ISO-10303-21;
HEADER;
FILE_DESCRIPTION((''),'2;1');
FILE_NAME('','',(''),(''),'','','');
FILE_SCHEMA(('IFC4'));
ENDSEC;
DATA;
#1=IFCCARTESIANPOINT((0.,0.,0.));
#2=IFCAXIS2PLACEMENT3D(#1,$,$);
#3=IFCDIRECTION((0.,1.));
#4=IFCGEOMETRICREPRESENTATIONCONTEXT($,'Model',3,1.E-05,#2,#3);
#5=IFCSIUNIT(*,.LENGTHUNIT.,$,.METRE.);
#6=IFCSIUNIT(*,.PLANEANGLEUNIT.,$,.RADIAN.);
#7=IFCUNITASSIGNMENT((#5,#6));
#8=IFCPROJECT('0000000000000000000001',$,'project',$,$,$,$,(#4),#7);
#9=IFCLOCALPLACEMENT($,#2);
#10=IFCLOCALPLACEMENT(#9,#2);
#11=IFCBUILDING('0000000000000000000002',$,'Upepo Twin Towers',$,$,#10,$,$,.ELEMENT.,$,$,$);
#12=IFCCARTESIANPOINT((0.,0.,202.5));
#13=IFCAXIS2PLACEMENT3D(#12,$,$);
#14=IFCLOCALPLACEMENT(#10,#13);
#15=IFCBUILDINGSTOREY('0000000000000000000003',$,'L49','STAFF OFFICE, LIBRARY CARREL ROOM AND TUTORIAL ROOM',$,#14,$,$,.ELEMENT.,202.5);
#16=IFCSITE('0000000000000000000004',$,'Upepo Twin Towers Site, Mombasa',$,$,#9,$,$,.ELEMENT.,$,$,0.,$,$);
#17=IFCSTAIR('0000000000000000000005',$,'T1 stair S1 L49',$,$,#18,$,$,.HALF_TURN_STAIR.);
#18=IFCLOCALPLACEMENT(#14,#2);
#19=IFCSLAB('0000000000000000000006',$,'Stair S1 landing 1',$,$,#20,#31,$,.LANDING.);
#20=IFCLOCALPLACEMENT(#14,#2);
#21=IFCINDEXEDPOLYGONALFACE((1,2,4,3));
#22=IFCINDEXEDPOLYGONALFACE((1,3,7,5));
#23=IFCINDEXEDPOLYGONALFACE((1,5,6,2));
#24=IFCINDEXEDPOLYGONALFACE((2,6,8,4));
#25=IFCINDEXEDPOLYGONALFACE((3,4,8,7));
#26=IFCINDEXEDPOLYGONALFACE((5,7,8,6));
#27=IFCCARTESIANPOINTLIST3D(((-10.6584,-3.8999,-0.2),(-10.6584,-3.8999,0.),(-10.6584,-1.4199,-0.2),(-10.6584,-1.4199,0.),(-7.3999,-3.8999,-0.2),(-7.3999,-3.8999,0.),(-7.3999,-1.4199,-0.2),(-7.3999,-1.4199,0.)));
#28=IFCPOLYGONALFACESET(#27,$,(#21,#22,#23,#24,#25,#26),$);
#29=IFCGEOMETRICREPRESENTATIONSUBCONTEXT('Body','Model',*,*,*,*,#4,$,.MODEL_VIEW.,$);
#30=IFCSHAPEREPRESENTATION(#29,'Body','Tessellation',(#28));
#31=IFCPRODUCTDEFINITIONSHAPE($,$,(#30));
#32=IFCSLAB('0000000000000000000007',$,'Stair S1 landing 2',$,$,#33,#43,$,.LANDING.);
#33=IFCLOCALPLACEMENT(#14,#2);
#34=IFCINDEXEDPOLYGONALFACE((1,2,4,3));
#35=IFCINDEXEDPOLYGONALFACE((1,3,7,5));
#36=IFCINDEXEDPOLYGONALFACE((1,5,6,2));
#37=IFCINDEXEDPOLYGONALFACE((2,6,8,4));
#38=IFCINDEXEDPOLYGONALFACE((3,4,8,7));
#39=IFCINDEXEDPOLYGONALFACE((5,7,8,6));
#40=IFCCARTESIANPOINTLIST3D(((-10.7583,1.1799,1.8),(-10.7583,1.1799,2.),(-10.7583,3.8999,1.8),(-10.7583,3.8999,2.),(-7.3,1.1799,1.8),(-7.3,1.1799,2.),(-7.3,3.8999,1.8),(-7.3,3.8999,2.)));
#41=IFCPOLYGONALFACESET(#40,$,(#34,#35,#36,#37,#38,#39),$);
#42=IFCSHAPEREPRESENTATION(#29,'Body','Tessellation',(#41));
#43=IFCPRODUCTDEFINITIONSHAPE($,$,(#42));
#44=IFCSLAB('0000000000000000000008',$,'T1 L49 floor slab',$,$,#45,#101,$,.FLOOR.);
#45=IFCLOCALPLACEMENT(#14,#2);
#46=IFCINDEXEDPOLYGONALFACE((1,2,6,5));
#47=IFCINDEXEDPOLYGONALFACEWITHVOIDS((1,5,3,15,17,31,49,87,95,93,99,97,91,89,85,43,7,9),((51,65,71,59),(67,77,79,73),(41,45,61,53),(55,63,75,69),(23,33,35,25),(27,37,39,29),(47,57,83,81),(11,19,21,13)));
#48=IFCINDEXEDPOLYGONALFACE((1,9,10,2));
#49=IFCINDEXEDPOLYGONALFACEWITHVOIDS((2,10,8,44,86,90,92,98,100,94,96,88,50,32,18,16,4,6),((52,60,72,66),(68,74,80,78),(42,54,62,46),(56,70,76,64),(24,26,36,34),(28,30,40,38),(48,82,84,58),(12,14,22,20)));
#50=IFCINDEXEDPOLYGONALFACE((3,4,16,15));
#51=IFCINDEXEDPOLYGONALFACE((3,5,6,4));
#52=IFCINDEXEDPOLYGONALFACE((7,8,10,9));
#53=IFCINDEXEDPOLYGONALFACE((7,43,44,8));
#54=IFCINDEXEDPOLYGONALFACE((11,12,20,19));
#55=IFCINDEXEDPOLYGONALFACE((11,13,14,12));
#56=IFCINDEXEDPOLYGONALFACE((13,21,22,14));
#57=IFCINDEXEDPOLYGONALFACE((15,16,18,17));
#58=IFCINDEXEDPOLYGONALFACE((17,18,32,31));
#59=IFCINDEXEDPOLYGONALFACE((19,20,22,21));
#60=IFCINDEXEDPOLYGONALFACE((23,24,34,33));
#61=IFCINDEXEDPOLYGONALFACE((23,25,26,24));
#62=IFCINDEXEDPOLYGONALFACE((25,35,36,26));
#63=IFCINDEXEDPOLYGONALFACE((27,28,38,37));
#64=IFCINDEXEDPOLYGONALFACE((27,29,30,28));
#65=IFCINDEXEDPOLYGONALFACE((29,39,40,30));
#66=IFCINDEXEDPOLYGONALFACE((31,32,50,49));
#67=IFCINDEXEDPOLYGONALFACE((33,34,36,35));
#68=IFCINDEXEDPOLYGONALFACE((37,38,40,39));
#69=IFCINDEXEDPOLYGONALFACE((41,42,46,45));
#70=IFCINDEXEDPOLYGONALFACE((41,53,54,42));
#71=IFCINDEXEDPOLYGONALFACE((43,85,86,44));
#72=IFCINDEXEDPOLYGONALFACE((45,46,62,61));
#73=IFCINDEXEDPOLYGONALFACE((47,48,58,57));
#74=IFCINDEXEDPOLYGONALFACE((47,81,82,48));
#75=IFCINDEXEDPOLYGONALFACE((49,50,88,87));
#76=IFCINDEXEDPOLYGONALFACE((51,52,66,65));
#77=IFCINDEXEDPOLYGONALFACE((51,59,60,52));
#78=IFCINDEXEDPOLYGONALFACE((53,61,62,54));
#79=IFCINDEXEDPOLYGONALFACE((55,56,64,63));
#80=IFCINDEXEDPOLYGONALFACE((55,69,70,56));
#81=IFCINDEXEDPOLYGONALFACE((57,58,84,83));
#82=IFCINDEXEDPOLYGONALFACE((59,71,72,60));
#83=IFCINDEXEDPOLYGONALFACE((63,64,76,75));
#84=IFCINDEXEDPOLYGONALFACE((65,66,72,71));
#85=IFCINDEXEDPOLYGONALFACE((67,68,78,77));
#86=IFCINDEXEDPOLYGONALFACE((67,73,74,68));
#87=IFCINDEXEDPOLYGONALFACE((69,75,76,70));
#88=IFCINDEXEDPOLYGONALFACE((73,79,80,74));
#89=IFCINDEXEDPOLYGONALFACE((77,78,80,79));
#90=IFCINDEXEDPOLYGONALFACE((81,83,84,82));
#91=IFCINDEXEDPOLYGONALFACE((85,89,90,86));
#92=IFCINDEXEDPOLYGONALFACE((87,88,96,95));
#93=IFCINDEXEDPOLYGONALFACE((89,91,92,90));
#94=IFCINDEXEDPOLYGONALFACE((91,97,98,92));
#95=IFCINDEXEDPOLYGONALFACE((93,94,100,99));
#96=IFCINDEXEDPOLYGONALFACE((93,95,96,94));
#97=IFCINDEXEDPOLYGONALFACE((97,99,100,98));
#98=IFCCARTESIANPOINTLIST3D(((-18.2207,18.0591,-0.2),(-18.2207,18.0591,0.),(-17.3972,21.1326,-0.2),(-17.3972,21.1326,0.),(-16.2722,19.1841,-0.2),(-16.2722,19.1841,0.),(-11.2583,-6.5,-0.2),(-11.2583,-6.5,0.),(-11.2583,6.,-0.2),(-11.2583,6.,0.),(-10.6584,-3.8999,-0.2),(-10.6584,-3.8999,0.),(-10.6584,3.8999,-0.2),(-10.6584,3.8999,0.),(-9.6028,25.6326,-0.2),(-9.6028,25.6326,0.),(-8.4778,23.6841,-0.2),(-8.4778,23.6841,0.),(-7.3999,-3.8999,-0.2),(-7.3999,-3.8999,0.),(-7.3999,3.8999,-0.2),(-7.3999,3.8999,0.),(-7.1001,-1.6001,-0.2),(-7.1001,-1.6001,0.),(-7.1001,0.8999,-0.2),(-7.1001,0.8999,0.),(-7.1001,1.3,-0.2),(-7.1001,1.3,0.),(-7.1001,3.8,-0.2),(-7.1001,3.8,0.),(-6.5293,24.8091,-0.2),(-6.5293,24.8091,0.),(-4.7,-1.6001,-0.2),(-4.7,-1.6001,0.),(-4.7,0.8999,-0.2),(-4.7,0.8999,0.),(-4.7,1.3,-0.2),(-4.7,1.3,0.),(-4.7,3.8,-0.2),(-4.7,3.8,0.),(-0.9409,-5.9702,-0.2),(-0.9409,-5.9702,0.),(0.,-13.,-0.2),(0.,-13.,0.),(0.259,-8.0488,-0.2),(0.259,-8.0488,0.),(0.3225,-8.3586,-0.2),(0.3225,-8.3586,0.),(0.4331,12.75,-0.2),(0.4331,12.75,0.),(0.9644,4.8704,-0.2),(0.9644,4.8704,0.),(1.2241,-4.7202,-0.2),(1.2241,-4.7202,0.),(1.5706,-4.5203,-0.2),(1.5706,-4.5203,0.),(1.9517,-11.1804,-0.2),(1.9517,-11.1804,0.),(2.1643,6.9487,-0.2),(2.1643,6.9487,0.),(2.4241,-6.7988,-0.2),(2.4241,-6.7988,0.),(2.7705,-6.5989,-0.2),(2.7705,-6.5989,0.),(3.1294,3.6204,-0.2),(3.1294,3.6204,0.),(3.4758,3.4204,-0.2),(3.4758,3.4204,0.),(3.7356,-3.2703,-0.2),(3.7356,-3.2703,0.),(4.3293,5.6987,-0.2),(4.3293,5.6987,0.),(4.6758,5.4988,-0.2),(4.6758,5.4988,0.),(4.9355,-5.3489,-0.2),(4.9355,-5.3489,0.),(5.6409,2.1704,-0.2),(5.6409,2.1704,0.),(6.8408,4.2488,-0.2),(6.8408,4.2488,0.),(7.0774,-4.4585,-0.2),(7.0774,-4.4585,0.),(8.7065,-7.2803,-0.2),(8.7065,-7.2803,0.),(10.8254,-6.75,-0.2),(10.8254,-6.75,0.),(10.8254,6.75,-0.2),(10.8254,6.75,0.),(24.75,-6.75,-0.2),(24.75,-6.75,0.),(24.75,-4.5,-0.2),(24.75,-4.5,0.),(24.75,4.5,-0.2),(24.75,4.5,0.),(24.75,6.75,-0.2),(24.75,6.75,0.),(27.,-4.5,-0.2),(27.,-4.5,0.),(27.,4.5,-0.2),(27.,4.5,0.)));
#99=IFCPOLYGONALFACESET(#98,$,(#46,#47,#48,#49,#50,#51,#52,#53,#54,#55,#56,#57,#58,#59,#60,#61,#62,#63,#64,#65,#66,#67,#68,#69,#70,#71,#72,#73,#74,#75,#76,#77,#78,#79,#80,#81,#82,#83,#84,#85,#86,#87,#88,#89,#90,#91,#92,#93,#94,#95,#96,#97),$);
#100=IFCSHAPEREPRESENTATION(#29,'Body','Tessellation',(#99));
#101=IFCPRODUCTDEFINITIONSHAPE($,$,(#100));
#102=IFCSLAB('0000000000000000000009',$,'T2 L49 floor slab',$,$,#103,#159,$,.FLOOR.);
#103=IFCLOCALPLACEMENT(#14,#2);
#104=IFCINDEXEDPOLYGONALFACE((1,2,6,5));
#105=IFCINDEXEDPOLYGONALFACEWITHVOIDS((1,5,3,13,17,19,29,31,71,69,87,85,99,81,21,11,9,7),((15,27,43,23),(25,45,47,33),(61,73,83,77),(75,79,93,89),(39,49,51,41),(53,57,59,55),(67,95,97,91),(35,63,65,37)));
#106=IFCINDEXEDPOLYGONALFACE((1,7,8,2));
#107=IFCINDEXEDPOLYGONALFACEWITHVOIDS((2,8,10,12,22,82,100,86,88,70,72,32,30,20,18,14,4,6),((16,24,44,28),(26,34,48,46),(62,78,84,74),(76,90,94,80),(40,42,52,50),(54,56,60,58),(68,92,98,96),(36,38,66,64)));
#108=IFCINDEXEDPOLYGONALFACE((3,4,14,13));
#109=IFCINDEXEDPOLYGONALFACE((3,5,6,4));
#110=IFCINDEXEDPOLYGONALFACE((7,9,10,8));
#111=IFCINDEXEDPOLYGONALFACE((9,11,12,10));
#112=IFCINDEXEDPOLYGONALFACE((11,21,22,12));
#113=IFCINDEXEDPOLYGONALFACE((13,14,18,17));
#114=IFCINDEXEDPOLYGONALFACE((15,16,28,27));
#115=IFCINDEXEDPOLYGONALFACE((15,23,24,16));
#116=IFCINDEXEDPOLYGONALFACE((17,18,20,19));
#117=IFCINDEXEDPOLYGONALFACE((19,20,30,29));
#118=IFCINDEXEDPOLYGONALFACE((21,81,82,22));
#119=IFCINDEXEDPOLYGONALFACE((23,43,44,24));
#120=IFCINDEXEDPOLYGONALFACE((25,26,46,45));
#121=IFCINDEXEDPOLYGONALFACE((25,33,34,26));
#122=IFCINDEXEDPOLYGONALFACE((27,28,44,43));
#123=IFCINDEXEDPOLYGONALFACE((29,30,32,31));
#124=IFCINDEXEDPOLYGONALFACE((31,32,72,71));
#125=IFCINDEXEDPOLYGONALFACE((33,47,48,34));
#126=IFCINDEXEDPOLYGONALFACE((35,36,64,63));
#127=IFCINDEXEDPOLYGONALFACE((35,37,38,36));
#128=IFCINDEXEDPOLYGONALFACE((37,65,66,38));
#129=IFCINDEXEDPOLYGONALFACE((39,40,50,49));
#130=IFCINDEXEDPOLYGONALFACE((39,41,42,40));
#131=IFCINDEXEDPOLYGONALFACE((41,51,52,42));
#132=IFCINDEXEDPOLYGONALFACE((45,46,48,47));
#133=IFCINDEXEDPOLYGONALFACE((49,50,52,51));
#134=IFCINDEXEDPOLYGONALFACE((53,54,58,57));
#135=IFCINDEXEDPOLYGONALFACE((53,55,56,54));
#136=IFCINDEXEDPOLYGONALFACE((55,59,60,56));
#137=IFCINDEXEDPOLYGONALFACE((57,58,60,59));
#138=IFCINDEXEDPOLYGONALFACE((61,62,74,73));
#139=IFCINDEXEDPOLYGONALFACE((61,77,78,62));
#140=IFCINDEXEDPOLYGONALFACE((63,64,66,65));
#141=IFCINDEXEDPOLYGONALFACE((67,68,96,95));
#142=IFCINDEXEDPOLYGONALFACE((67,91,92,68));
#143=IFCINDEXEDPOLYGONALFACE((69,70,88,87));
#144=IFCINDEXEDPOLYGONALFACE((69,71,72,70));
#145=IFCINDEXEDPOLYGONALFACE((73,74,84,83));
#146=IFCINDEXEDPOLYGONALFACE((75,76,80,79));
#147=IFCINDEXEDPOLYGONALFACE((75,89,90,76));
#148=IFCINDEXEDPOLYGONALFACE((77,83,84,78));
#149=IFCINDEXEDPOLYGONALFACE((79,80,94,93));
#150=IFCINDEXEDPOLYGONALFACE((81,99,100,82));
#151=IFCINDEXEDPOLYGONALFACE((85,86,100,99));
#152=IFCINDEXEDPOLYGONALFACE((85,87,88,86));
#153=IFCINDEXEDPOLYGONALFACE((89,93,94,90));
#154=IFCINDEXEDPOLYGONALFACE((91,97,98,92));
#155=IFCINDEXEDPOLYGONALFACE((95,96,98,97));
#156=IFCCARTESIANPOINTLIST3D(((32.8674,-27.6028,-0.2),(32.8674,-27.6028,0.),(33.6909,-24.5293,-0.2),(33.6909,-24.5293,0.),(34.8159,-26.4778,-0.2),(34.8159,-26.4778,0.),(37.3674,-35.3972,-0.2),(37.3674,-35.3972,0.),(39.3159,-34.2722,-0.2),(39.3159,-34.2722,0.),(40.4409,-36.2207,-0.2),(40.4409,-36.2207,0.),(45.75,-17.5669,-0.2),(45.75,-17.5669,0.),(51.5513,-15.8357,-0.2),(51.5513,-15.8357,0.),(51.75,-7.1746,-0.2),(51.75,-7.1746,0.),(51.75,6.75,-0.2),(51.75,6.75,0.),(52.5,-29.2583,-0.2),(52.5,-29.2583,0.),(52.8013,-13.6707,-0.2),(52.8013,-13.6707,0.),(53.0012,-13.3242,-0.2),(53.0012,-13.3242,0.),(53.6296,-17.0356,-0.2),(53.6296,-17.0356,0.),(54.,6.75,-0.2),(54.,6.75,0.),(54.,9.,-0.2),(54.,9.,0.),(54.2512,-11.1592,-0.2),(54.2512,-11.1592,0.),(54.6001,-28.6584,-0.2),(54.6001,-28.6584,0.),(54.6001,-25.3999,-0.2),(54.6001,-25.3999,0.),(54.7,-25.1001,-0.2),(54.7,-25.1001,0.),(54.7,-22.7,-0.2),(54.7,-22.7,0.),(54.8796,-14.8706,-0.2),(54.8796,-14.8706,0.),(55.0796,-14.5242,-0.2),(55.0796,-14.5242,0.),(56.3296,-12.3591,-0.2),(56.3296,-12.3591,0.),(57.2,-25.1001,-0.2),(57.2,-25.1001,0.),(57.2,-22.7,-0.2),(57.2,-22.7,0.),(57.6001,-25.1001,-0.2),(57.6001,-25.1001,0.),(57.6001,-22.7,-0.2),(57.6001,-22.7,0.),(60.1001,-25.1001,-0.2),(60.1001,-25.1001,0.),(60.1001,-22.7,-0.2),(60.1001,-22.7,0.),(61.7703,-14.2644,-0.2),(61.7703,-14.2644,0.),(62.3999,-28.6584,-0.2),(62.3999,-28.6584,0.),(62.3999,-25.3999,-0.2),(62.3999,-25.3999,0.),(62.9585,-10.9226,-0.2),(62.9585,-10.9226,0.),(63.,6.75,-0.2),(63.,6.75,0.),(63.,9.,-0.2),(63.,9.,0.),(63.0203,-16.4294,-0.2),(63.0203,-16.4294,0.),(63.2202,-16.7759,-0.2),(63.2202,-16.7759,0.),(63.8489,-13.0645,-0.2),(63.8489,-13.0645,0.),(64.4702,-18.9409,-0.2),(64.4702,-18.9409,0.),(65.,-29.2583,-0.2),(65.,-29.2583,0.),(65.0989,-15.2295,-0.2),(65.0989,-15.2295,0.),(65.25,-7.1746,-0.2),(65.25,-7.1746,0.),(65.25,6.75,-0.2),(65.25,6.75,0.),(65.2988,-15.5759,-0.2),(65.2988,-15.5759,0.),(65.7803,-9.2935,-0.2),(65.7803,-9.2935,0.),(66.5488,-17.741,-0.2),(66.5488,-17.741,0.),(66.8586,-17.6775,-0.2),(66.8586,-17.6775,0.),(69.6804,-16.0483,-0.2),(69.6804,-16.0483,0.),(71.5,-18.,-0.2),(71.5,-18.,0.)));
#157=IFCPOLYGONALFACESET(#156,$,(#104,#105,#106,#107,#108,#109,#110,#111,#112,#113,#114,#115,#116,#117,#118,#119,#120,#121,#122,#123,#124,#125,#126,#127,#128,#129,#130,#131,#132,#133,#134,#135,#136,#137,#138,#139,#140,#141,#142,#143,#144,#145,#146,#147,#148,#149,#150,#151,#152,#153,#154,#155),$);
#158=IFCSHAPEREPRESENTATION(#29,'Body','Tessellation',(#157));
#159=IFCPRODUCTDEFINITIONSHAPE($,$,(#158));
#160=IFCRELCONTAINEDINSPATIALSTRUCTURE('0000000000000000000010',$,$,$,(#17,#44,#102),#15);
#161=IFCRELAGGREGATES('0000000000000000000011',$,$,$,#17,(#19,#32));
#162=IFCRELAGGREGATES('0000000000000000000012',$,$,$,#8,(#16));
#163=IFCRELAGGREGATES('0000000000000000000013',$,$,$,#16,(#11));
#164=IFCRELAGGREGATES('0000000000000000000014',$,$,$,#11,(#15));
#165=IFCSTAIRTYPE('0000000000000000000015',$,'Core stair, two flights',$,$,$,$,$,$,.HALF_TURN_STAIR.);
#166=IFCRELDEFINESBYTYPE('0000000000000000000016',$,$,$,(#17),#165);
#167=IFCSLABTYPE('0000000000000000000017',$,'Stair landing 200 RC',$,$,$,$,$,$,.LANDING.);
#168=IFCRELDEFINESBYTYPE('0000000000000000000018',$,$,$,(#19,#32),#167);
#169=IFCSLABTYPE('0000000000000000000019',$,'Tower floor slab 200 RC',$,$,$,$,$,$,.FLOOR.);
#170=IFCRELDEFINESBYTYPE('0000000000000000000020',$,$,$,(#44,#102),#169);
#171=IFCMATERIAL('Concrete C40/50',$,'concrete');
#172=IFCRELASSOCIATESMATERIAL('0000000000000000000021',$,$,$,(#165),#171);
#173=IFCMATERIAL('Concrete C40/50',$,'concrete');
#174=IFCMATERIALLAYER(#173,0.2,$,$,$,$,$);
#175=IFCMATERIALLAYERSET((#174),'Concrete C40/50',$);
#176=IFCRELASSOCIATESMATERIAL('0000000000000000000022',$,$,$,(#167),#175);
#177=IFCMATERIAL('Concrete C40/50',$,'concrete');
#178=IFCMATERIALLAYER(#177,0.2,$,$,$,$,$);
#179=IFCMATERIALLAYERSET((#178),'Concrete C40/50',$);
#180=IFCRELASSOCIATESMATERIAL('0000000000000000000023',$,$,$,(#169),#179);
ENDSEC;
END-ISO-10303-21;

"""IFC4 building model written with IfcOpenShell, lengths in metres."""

from ifc_helpers import new_model, si_unit, direction, frame, origin, place, context, subcontext, project, spatial, polyline, outline, extrude, material, layer, layer_set, type_object, element, aggregate, save


model = new_model("IFC4")

# Units and contexts
model_context = context("Model", 3, precision=1e-05, world=origin(), true_north=direction((0.0, 1.0)))
body_context = subcontext(model_context, "Body", "Model", "MODEL_VIEW")
ifc_project = project(units=[si_unit("LENGTHUNIT", "METRE"), si_unit("PLANEANGLEUNIT", "RADIAN")], contexts=[model_context])

# Site, building, storey
site_placement = place(None, origin())
site = spatial("IfcSite", under=ifc_project, at=site_placement, Name="Upepo Twin Towers Site, Mombasa", CompositionType="ELEMENT", RefElevation=0.0)
building_placement = place(site_placement, origin())
building = spatial("IfcBuilding", under=site, at=building_placement, Name="Upepo Twin Towers", CompositionType="ELEMENT")
storey_placement = place(building_placement, frame((0.0, 0.0, 202.5)))
storey = spatial("IfcBuildingStorey", under=building, at=storey_placement, Name="L49", Description="STAFF OFFICE, LIBRARY CARREL ROOM AND TUTORIAL ROOM", CompositionType="ELEMENT", Elevation=202.5)

# Stair, slabs
ifc_material_1 = material(Name="Concrete C40/50", Category="concrete")
stair_type = type_object("IfcStairType", Name="Core stair, two flights", PredefinedType="HALF_TURN_STAIR", material=ifc_material_1)
stair_placement = place(storey_placement, origin())
stair = element("IfcStair", 1, at=stair_placement, inside=storey, type_object=stair_type, Name="T1 stair S1 L49", PredefinedType="HALF_TURN_STAIR")
ifc_material_2 = material(Name="Concrete C40/50", Category="concrete")
ifc_layer_1 = layer(ifc_material_2, 0.2)
ifc_layer_set_1 = layer_set([ifc_layer_1], Name="Concrete C40/50")
slab_type_1 = type_object("IfcSlabType", Name="Stair landing 200 RC", PredefinedType="LANDING", material=ifc_layer_set_1)
slab_1_placement = place(storey_placement, frame((0.0, 0.0, -0.2)))
slab_1 = element("IfcSlab", 2, at=slab_1_placement, type_object=slab_type_1, Name="Stair S1 landing 1", PredefinedType="LANDING", context=body_context, shape_type="SweptSolid", body=[
    extrude(outline(polyline([(-7.3999, -1.4199), (-10.6584, -1.4199), (-10.6584, -3.8999), (-7.3999, -3.8999), (-7.3999, -1.4199)])), origin(), (0.0, 0.0, 1.0), 0.2),
])
slab_2_placement = place(storey_placement, frame((0.0, 0.0, 1.8)))
slab_2 = element("IfcSlab", 3, at=slab_2_placement, type_object=slab_type_1, Name="Stair S1 landing 2", PredefinedType="LANDING", context=body_context, shape_type="SweptSolid", body=[
    extrude(outline(polyline([(-7.3, 3.8999), (-10.7583, 3.8999), (-10.7583, 1.1799), (-7.3, 1.1799), (-7.3, 3.8999)])), origin(), (0.0, 0.0, 1.0), 0.2),
])

# Slabs
ifc_material_3 = material(Name="Concrete C40/50", Category="concrete")
ifc_layer_2 = layer(ifc_material_3, 0.2)
ifc_layer_set_2 = layer_set([ifc_layer_2], Name="Concrete C40/50")
slab_type_2 = type_object("IfcSlabType", Name="Tower floor slab 200 RC", PredefinedType="FLOOR", material=ifc_layer_set_2)
slab_3_placement = place(storey_placement, frame((0.0, 0.0, -0.2)))
element("IfcSlab", 4, at=slab_3_placement, inside=storey, type_object=slab_type_2, Name="T1 L49 floor slab", PredefinedType="FLOOR", context=body_context, shape_type="SweptSolid", body=[
    extrude(outline(polyline([(10.8254, 6.75), (24.75, 6.75), (24.75, 4.5), (27.0, 4.5), (27.0, -4.5), (24.75, -4.5), (24.75, -6.75), (10.8254, -6.75), (0.0, -13.0), (-11.2583, -6.5), (-11.2583, 6.0), (-18.2207, 18.0591), (-16.2722, 19.1841), (-17.3972, 21.1326), (-9.6028, 25.6326), (-8.4778, 23.6841), (-6.5293, 24.8091), (0.4331, 12.75), (10.8254, 6.75)]), holes=[polyline([(5.6409, 2.1704), (6.8408, 4.2488), (4.6758, 5.4988), (3.4758, 3.4204), (5.6409, 2.1704)]), polyline([(3.1294, 3.6204), (4.3293, 5.6987), (2.1643, 6.9487), (0.9644, 4.8704), (3.1294, 3.6204)]), polyline([(-4.7, 3.8), (-7.1001, 3.8), (-7.1001, 1.3), (-4.7, 1.3), (-4.7, 3.8)]), polyline([(-4.7, 0.8999), (-7.1001, 0.8999), (-7.1001, -1.6001), (-4.7, -1.6001), (-4.7, 0.8999)]), polyline([(-7.3999, 3.8999), (-10.6584, 3.8999), (-10.6584, -3.8999), (-7.3999, -3.8999), (-7.3999, 3.8999)]), polyline([(-0.9409, -5.9702), (0.259, -8.0488), (2.4241, -6.7988), (1.2241, -4.7202), (-0.9409, -5.9702)]), polyline([(1.5706, -4.5203), (2.7705, -6.5989), (4.9355, -5.3489), (3.7356, -3.2703), (1.5706, -4.5203)]), polyline([(0.3225, -8.3586), (1.9517, -11.1804), (8.7065, -7.2803), (7.0774, -4.4585), (0.3225, -8.3586)])]), origin(), (0.0, 0.0, 1.0), 0.2),
])
slab_4_placement = place(storey_placement, frame((0.0, 0.0, -0.2)))
element("IfcSlab", 5, at=slab_4_placement, inside=storey, type_object=slab_type_2, Name="T2 L49 floor slab", PredefinedType="FLOOR", context=body_context, shape_type="SweptSolid", body=[
    extrude(outline(polyline([(51.75, -7.1746), (51.75, 6.75), (54.0, 6.75), (54.0, 9.0), (63.0, 9.0), (63.0, 6.75), (65.25, 6.75), (65.25, -7.1746), (71.5, -18.0), (65.0, -29.2583), (52.5, -29.2583), (40.4409, -36.2207), (39.3159, -34.2722), (37.3674, -35.3972), (32.8674, -27.6028), (34.8159, -26.4778), (33.6909, -24.5293), (45.75, -17.5669), (51.75, -7.1746)]), holes=[polyline([(56.3296, -12.3591), (54.2512, -11.1592), (53.0012, -13.3242), (55.0796, -14.5242), (56.3296, -12.3591)]), polyline([(54.8796, -14.8706), (52.8013, -13.6707), (51.5513, -15.8357), (53.6296, -17.0356), (54.8796, -14.8706)]), polyline([(54.7, -22.7), (54.7, -25.1001), (57.2, -25.1001), (57.2, -22.7), (54.7, -22.7)]), polyline([(57.6001, -22.7), (57.6001, -25.1001), (60.1001, -25.1001), (60.1001, -22.7), (57.6001, -22.7)]), polyline([(54.6001, -25.3999), (54.6001, -28.6584), (62.3999, -28.6584), (62.3999, -25.3999), (54.6001, -25.3999)]), polyline([(64.4702, -18.9409), (66.5488, -17.741), (65.2988, -15.5759), (63.2202, -16.7759), (64.4702, -18.9409)]), polyline([(63.0203, -16.4294), (65.0989, -15.2295), (63.8489, -13.0645), (61.7703, -14.2644), (63.0203, -16.4294)]), polyline([(66.8586, -17.6775), (69.6804, -16.0483), (65.7803, -9.2935), (62.9585, -10.9226), (66.8586, -17.6775)])]), origin(), (0.0, 0.0, 1.0), 0.2),
])

aggregate(stair, [slab_1, slab_2])

save(model, "model.ifc")
